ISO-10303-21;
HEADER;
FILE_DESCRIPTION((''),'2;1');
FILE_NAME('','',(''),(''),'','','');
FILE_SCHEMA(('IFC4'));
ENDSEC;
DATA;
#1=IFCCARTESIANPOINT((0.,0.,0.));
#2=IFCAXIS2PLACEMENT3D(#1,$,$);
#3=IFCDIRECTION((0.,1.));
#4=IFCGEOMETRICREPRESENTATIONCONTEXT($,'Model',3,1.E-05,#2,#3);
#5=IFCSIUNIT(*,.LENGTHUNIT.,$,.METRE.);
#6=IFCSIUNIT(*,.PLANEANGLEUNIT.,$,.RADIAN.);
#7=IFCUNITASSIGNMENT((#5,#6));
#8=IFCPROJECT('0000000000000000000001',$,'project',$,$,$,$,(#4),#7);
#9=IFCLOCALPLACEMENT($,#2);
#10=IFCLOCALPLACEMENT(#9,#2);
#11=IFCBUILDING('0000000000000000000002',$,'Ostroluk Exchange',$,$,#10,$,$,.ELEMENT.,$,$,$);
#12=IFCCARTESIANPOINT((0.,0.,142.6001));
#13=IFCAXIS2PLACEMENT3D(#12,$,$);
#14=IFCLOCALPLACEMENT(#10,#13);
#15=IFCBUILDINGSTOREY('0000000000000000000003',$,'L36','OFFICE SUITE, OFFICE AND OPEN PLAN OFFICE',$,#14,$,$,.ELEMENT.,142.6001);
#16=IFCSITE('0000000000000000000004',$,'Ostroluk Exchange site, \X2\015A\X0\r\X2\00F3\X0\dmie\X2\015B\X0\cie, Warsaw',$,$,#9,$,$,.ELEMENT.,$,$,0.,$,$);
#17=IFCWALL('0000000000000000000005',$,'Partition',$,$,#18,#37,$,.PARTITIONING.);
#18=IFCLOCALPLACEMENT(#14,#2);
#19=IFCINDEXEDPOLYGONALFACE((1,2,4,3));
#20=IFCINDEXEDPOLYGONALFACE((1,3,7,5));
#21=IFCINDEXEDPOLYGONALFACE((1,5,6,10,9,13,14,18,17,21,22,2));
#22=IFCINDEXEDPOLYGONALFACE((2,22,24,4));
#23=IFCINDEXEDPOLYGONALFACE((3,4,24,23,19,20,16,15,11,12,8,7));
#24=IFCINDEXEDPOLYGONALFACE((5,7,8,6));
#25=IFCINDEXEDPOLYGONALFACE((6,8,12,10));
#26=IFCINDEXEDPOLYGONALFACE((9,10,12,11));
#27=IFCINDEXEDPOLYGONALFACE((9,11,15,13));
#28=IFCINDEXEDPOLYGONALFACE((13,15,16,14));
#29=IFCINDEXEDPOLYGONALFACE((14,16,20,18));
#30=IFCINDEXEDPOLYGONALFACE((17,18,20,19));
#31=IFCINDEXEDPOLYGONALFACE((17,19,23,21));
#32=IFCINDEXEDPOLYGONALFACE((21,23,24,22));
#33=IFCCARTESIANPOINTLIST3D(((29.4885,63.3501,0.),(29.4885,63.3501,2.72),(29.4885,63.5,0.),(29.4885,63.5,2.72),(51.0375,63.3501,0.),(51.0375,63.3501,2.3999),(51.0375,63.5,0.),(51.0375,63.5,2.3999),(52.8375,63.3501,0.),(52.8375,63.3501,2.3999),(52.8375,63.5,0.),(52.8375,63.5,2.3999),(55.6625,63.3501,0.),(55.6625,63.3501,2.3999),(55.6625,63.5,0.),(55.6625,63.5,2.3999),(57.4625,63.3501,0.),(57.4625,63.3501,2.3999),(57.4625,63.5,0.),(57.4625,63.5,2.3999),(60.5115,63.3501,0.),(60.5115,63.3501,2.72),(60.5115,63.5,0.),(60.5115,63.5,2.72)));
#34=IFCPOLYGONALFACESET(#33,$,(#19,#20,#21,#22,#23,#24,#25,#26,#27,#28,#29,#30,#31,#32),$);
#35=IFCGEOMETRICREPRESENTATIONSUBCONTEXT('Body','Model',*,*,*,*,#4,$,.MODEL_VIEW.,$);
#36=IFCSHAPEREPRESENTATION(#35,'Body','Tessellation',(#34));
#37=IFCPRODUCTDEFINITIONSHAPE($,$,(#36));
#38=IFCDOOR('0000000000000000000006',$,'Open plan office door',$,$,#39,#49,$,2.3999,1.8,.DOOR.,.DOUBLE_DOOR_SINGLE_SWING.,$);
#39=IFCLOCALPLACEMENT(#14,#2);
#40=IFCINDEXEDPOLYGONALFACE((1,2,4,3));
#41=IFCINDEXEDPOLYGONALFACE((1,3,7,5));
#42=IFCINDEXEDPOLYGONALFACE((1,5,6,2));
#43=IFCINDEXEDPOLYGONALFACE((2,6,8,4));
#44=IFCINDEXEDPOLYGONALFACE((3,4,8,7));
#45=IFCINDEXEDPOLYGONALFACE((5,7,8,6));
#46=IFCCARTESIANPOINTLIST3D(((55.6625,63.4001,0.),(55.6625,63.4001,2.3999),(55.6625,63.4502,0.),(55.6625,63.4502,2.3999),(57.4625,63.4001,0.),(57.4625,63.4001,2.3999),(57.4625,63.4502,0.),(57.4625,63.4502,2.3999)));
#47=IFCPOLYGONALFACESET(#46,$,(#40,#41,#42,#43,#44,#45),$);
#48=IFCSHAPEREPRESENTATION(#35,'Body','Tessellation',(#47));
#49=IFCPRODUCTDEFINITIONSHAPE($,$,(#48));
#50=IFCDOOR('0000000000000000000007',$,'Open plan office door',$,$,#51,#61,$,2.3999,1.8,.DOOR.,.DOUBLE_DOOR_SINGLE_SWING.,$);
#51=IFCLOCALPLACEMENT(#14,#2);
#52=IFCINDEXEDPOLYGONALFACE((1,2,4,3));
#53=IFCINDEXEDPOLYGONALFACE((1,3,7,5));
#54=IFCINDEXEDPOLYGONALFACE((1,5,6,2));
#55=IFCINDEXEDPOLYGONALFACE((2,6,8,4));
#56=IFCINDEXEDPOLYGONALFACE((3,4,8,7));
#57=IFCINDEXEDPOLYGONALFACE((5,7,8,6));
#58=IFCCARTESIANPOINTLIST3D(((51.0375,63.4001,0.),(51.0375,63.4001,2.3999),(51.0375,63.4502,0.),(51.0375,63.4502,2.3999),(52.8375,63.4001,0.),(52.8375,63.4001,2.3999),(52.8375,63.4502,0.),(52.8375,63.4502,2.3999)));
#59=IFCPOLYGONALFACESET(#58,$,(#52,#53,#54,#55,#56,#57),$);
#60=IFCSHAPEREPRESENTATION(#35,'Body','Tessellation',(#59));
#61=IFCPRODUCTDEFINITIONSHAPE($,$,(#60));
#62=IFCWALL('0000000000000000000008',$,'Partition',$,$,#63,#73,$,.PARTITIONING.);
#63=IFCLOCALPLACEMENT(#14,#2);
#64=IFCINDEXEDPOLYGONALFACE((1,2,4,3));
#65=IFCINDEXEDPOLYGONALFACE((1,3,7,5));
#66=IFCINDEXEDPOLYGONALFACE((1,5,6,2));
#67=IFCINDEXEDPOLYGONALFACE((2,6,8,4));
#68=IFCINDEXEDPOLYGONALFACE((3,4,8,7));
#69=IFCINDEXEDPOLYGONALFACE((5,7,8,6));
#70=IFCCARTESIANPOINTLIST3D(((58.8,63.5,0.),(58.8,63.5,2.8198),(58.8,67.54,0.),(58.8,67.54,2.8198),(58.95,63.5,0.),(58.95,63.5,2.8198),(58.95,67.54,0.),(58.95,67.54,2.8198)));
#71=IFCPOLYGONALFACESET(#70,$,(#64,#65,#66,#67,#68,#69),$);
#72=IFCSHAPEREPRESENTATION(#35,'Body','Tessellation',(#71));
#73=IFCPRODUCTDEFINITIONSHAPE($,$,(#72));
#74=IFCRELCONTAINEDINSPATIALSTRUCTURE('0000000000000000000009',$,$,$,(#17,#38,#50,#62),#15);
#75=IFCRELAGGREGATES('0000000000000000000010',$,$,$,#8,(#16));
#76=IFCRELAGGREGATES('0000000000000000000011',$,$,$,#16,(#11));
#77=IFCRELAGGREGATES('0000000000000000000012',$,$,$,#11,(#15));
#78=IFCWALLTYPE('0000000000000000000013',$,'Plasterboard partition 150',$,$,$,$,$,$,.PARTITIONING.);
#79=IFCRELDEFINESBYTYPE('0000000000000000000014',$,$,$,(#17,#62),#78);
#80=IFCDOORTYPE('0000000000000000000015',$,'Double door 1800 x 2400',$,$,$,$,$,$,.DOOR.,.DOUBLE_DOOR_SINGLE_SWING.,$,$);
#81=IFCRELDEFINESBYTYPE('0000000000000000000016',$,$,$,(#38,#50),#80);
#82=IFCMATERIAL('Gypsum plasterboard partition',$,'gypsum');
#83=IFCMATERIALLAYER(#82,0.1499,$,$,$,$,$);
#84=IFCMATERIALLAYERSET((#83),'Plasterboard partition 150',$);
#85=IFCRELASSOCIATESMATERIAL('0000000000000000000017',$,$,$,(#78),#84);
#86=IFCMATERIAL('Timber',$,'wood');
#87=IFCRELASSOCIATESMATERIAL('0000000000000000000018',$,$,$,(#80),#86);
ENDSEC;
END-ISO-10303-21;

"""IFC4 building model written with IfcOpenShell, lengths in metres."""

from ifc_helpers import new_model, si_unit, direction, frame, frame_2d, origin, place, context, subcontext, project, spatial, rectangle, extrude, material, layer, layer_set, type_object, element, fill, save


model = new_model("IFC4")

# Units and contexts
model_context = context("Model", 3, precision=1e-05, world=origin(), true_north=direction((0.0, 1.0)))
body_context = subcontext(model_context, "Body", "Model", "MODEL_VIEW")
ifc_project = project(units=[si_unit("LENGTHUNIT", "METRE"), si_unit("PLANEANGLEUNIT", "RADIAN")], contexts=[model_context])

# Site, building, storey
site_placement = place(None, origin())
site = spatial("IfcSite", under=ifc_project, at=site_placement, Name="Ostroluk Exchange site, Śródmieście, Warsaw", CompositionType="ELEMENT", RefElevation=0.0)
building_placement = place(site_placement, origin())
building = spatial("IfcBuilding", under=site, at=building_placement, Name="Ostroluk Exchange", CompositionType="ELEMENT")
storey_placement = place(building_placement, frame((0.0, 0.0, 142.6001)))
storey = spatial("IfcBuildingStorey", under=building, at=storey_placement, Name="L36", Description="OFFICE SUITE, OFFICE AND OPEN PLAN OFFICE", CompositionType="ELEMENT", Elevation=142.6001)

# Wall, openings, doors
ifc_material_1 = material(Name="Gypsum plasterboard partition", Category="gypsum")
ifc_layer_1 = layer(ifc_material_1, 0.1499)
ifc_layer_set_1 = layer_set([ifc_layer_1], Name="Plasterboard partition 150")
wall_type = type_object("IfcWallType", Name="Plasterboard partition 150", PredefinedType="PARTITIONING", material=ifc_layer_set_1)
wall_1_placement = place(storey_placement, frame((60.5115, 63.425, 0.0), z_axis=(0.0, 0.0, 1.0), x_axis=(-1.0, 0.0, 0.0)))
wall_1 = element("IfcWall", 1, at=wall_1_placement, inside=storey, type_object=wall_type, Name="Partition", PredefinedType="PARTITIONING", context=body_context, shape_type="SweptSolid", body=[
    extrude(rectangle(XDim=31.0229, YDim=0.1499, at=frame_2d((15.5115, 0.0))), origin(), (0.0, 0.0, 1.0), 2.72),
])
opening_1_placement = place(wall_1_placement, frame((3.0491, 0.0, 0.0)))
opening_1 = element("IfcOpeningElement", 2, at=opening_1_placement, cuts=wall_1, PredefinedType="OPENING", context=body_context, shape_type="SweptSolid", body=[
    extrude(rectangle(XDim=1.8, YDim=2.3999, at=frame_2d((0.8999, 1.2))), frame((0.0, 0.085, 0.0), z_axis=(0.0, -1.0, 0.0), x_axis=(1.0, 0.0, 0.0)), (0.0, 0.0, 1.0), 0.1699),
])
opening_2_placement = place(wall_1_placement, frame((7.6741, 0.0, 0.0)))
opening_2 = element("IfcOpeningElement", 3, at=opening_2_placement, cuts=wall_1, PredefinedType="OPENING", context=body_context, shape_type="SweptSolid", body=[
    extrude(rectangle(XDim=1.8, YDim=2.3999, at=frame_2d((0.8999, 1.2))), frame((0.0, 0.085, 0.0), z_axis=(0.0, -1.0, 0.0), x_axis=(1.0, 0.0, 0.0)), (0.0, 0.0, 1.0), 0.1699),
])
ifc_material_2 = material(Name="Timber", Category="wood")
door_type = type_object("IfcDoorType", Name="Double door 1800 x 2400", OperationType="DOUBLE_DOOR_SINGLE_SWING", PredefinedType="DOOR", material=ifc_material_2)
door_1_placement = place(opening_1_placement, origin())
door_1 = element("IfcDoor", 4, at=door_1_placement, inside=storey, type_object=door_type, Name="Open plan office door", OperationType="DOUBLE_DOOR_SINGLE_SWING", OverallHeight=2.3999, OverallWidth=1.8, PredefinedType="DOOR", context=body_context, shape_type="SweptSolid", body=[
    extrude(rectangle(XDim=1.8, YDim=2.3999, at=frame_2d((0.8999, 1.2))), frame((0.0, 0.0249, 0.0), z_axis=(0.0, -1.0, 0.0), x_axis=(1.0, 0.0, 0.0)), (0.0, 0.0, 1.0), 0.05),
])
fill(opening_1, door_1)
door_2_placement = place(opening_2_placement, origin())
door_2 = element("IfcDoor", 5, at=door_2_placement, inside=storey, type_object=door_type, Name="Open plan office door", OperationType="DOUBLE_DOOR_SINGLE_SWING", OverallHeight=2.3999, OverallWidth=1.8, PredefinedType="DOOR", context=body_context, shape_type="SweptSolid", body=[
    extrude(rectangle(XDim=1.8, YDim=2.3999, at=frame_2d((0.8999, 1.2))), frame((0.0, 0.0249, 0.0), z_axis=(0.0, -1.0, 0.0), x_axis=(1.0, 0.0, 0.0)), (0.0, 0.0, 1.0), 0.05),
])
fill(opening_2, door_2)

# Wall
wall_2_placement = place(storey_placement, frame((58.875, 63.5, 0.0), z_axis=(0.0, 0.0, 1.0), x_axis=(0.0, 1.0, 0.0)))
element("IfcWall", 6, at=wall_2_placement, inside=storey, type_object=wall_type, Name="Partition", PredefinedType="PARTITIONING", context=body_context, shape_type="SweptSolid", body=[
    extrude(rectangle(XDim=4.04, YDim=0.1499, at=frame_2d((2.02, 0.0))), origin(), (0.0, 0.0, 1.0), 2.8198),
])

save(model, "model.ifc")
